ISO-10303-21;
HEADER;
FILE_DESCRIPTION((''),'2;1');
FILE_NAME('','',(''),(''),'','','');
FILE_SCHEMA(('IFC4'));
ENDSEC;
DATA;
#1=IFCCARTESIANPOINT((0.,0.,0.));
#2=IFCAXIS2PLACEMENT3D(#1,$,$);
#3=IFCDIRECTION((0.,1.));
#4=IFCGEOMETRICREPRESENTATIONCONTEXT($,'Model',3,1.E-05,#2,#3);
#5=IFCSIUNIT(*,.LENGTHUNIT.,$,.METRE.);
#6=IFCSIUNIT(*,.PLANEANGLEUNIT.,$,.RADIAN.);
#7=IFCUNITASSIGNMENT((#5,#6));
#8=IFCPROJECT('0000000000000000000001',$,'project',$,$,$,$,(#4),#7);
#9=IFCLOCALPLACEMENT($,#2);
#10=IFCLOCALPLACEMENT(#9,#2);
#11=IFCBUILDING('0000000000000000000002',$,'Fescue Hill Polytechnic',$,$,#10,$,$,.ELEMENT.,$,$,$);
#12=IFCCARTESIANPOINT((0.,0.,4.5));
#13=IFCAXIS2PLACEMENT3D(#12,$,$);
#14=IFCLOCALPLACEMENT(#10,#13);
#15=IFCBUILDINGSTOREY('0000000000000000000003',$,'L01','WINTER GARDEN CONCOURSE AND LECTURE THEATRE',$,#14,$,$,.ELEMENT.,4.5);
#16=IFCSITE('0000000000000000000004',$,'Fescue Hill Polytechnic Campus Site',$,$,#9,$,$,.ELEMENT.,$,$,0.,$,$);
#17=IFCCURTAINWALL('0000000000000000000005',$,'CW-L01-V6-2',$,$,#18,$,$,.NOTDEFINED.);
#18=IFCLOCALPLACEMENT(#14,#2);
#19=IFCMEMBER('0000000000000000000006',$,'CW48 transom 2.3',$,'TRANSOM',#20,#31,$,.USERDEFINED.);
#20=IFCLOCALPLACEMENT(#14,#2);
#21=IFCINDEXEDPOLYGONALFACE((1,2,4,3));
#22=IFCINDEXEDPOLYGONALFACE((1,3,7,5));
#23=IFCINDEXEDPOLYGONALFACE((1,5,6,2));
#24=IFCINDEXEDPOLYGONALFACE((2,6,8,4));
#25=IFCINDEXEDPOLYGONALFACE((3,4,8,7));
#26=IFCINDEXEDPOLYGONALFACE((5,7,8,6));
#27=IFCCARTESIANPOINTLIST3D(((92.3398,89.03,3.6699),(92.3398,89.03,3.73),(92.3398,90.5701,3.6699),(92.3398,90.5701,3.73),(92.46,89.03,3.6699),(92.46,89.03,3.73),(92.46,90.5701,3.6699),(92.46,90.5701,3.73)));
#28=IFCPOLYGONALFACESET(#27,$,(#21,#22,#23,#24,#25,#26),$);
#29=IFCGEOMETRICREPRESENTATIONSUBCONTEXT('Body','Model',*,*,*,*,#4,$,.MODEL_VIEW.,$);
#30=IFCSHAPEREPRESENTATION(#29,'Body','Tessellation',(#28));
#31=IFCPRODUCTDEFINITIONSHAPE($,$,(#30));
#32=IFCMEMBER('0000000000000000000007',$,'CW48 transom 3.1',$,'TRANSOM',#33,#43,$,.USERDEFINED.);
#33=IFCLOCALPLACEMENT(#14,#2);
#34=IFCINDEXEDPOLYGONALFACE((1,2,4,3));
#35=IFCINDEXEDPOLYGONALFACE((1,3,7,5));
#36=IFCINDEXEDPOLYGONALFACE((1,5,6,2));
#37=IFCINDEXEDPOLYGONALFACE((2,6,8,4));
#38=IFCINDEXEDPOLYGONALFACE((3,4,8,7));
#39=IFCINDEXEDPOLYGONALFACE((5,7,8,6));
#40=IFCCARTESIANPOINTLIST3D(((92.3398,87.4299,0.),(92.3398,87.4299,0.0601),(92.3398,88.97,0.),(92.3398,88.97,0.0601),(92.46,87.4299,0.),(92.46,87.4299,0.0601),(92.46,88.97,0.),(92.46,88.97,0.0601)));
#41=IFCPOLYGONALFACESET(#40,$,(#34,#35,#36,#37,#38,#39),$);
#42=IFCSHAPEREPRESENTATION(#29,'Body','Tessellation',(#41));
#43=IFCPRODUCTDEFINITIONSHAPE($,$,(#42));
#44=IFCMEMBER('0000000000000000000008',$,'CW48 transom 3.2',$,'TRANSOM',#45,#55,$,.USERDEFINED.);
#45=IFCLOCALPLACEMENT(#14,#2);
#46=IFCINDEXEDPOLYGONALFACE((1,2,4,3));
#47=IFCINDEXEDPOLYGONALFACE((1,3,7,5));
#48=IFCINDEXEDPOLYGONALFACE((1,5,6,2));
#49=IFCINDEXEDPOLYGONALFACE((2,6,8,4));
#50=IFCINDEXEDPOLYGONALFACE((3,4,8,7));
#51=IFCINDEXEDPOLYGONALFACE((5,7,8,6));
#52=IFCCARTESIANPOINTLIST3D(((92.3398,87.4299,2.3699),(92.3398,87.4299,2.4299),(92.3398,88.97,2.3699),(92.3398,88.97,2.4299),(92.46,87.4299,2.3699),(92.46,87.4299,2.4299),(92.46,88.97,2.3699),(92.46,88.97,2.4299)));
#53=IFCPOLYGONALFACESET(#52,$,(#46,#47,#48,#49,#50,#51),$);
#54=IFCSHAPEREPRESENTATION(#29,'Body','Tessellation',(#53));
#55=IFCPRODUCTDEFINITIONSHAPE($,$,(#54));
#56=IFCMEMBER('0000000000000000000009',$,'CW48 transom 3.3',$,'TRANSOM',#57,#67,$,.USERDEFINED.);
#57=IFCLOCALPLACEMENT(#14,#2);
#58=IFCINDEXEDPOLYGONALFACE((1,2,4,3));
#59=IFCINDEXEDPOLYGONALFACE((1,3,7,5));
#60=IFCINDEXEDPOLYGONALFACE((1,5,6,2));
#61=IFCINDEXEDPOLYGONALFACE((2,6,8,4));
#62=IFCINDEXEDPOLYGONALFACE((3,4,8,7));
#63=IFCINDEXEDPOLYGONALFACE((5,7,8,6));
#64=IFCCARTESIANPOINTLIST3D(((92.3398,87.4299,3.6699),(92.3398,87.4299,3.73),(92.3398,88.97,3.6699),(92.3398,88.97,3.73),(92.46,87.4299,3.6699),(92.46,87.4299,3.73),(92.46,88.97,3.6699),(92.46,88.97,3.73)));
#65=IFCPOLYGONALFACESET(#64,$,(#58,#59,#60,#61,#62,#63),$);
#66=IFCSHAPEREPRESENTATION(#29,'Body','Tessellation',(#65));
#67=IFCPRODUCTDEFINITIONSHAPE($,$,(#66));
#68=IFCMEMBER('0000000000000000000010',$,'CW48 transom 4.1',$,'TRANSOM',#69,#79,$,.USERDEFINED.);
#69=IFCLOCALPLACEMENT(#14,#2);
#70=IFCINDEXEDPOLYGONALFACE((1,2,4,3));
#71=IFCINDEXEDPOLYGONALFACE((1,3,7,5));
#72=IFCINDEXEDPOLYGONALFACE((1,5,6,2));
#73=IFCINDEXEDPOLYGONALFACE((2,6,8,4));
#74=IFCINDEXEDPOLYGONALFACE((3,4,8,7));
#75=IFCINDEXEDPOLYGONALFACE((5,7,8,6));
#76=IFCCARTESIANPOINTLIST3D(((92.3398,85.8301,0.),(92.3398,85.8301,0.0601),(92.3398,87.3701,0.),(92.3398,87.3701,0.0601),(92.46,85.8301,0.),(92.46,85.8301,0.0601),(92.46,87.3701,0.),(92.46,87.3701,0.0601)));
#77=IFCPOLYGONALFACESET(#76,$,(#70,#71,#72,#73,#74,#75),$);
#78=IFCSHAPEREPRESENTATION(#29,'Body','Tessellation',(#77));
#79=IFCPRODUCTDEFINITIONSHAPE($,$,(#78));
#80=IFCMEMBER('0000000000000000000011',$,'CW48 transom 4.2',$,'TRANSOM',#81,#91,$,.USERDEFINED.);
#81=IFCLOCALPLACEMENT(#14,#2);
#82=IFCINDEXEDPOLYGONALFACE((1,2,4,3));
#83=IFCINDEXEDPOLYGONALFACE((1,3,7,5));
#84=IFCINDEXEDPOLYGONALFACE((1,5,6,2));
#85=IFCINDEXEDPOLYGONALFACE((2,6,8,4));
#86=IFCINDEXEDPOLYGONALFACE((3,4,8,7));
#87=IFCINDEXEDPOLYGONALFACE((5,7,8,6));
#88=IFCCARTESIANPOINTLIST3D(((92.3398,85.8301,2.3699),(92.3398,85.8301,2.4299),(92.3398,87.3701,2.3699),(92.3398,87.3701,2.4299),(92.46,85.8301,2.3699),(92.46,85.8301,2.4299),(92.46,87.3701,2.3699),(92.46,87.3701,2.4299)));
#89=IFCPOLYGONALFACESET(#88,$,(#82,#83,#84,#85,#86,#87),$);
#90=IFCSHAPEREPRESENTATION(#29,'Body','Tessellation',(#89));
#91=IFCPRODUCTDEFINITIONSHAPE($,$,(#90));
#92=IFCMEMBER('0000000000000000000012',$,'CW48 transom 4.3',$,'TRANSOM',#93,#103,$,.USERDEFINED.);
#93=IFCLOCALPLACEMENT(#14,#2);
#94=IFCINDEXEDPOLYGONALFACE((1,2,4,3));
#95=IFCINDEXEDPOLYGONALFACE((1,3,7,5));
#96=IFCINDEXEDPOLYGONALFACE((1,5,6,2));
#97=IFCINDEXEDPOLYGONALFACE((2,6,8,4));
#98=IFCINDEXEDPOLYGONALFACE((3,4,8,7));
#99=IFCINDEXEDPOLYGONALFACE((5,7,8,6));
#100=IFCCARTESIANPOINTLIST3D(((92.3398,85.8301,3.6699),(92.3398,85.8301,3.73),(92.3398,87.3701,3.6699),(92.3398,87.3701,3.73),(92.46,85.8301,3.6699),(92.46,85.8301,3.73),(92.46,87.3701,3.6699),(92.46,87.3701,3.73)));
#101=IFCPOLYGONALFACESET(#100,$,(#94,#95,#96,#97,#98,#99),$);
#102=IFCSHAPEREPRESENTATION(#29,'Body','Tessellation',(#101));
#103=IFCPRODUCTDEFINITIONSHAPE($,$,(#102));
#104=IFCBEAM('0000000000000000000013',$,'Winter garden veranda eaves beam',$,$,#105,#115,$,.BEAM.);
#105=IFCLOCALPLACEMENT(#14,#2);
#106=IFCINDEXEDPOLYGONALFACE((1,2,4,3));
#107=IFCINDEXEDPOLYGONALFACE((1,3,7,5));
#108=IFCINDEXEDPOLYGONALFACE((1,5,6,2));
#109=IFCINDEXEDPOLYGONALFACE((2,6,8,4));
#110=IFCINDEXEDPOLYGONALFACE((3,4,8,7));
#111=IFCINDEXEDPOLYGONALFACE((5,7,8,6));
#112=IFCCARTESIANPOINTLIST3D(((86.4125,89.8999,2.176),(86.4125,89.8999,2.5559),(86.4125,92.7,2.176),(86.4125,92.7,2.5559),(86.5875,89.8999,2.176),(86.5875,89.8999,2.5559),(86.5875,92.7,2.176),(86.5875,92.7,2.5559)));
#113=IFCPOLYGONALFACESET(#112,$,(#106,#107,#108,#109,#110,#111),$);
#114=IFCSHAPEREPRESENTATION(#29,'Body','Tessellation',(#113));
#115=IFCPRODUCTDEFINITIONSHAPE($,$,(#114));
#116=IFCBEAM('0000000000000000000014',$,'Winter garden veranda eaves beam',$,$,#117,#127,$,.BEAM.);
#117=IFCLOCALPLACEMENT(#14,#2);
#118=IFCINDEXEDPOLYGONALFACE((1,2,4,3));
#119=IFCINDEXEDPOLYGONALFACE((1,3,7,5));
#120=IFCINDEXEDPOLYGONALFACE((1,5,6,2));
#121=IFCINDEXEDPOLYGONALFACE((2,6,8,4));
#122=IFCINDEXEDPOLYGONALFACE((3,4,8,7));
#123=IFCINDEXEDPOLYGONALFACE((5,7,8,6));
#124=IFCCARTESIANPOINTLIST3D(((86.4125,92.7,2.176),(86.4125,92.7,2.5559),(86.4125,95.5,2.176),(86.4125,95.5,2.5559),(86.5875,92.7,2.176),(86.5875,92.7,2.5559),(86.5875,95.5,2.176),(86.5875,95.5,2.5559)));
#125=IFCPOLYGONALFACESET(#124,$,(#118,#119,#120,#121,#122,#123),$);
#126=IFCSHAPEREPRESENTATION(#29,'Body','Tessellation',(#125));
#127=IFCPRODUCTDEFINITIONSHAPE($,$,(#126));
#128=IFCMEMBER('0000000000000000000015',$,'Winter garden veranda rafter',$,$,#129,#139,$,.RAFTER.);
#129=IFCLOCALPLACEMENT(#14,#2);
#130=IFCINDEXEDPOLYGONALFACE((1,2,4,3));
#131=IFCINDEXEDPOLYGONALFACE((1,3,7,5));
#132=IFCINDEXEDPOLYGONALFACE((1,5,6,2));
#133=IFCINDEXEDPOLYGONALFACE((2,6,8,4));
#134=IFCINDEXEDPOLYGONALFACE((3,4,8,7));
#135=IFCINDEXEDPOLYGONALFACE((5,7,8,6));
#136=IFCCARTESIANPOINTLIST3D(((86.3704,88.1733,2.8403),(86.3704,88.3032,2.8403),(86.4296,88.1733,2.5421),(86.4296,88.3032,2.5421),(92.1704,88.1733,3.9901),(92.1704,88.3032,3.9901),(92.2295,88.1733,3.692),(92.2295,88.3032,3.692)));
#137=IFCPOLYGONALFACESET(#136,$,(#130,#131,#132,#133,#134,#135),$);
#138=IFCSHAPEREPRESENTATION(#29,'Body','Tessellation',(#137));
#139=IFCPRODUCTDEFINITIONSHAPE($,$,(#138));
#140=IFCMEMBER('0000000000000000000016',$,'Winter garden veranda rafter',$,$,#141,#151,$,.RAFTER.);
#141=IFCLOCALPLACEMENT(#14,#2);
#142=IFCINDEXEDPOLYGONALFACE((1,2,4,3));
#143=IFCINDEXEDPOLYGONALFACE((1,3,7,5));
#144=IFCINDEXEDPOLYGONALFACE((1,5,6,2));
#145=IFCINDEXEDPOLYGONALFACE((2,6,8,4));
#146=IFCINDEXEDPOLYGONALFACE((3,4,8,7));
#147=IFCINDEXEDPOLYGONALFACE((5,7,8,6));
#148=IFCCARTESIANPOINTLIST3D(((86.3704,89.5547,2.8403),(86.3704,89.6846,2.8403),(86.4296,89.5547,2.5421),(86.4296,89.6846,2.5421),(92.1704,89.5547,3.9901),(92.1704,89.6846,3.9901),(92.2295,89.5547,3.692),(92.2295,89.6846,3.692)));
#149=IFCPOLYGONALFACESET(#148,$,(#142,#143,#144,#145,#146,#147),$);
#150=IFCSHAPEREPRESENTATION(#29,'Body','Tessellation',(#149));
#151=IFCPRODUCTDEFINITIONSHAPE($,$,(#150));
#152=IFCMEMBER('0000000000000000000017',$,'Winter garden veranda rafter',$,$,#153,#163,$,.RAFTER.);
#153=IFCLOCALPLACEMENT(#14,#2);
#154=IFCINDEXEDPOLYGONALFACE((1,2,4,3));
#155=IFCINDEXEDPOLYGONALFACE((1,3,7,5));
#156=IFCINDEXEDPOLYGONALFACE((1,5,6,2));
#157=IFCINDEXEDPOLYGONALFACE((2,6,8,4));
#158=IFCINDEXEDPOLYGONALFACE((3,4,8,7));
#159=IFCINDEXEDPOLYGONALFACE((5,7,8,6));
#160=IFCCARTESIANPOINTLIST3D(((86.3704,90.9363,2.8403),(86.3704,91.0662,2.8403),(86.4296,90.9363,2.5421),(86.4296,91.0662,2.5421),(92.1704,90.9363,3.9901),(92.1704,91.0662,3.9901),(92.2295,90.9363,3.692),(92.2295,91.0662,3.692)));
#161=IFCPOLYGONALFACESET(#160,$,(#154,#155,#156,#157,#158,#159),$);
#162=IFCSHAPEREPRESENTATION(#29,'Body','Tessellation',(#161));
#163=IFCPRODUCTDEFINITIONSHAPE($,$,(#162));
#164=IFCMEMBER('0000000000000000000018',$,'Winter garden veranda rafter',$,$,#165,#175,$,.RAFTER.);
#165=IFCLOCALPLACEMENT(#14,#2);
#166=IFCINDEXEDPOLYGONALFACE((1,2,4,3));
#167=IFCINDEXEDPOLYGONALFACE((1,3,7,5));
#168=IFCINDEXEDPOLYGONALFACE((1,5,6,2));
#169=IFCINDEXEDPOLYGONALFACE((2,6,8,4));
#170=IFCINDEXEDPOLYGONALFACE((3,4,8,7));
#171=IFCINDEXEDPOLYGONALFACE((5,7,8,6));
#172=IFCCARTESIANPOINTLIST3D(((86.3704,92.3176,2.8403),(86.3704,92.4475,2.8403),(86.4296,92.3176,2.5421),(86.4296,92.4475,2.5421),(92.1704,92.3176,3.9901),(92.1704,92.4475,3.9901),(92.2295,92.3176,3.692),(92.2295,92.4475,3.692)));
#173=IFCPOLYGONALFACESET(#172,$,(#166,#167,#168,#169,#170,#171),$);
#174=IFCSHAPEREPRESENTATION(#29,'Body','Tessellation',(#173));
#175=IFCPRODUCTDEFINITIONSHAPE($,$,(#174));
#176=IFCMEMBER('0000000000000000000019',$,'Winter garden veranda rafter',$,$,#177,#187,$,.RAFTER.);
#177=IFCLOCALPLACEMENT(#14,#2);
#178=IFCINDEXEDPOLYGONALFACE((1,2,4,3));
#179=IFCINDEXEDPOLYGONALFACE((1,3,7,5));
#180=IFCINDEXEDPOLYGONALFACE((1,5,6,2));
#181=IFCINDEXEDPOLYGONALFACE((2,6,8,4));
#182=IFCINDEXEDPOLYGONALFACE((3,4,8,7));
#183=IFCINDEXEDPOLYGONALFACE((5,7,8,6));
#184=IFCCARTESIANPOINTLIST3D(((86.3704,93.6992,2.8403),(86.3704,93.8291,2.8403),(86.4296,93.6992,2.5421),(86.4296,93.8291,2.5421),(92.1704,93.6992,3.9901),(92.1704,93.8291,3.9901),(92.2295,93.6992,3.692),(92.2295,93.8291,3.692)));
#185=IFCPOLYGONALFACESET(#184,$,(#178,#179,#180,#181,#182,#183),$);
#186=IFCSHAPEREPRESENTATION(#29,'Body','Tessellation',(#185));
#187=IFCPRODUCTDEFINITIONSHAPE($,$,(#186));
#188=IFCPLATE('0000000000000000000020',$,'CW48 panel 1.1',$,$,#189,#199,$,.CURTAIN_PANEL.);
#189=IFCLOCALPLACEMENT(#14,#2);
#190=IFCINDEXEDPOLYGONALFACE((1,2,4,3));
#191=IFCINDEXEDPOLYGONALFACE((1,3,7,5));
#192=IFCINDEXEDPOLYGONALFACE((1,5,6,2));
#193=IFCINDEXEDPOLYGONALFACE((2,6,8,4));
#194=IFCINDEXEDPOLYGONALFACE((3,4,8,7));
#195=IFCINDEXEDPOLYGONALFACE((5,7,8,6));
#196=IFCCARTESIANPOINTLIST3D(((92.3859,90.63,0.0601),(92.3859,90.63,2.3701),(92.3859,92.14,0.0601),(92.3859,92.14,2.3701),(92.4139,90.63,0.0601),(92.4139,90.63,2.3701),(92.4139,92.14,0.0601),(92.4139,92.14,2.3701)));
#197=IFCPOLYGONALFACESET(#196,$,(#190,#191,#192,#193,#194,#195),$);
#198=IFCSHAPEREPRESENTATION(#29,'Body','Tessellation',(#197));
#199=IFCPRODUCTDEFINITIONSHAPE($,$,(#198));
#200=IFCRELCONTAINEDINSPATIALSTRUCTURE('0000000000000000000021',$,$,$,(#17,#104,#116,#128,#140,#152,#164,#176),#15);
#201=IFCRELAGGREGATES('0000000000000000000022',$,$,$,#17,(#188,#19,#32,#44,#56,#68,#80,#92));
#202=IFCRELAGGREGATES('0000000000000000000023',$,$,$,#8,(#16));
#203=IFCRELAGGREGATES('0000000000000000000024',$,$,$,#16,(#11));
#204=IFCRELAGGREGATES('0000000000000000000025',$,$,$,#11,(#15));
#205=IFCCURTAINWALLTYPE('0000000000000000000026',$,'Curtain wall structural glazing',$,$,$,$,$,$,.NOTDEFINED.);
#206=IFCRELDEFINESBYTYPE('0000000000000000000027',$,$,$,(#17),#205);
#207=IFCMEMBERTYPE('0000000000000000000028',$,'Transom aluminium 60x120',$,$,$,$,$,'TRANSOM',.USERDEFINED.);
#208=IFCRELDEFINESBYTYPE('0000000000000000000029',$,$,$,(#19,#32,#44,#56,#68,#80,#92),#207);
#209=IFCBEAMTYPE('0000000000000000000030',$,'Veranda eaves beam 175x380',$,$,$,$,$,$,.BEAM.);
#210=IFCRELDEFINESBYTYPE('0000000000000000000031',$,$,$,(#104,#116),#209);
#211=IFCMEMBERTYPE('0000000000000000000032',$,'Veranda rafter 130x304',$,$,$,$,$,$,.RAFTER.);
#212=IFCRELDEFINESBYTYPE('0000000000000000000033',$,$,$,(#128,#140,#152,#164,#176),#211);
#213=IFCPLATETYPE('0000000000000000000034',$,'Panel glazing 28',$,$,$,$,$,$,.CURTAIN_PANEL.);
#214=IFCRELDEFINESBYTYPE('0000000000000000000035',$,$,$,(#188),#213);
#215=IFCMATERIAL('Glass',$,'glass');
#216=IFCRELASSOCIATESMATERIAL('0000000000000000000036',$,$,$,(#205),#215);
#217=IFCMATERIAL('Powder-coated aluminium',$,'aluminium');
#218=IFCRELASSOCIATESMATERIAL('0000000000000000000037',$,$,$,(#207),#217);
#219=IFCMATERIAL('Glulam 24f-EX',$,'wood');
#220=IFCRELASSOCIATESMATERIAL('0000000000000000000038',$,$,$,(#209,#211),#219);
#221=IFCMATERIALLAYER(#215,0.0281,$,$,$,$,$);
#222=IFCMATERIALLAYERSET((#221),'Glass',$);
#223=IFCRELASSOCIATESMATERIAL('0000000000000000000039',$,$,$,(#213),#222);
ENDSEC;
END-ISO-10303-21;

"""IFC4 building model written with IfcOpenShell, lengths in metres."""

from ifc_helpers import new_model, si_unit, direction, frame, origin, origin_2d, place, context, subcontext, project, spatial, rectangle, extrude, material, layer, layer_set, material_profile, profile_set, type_object, element, aggregate, save


model = new_model("IFC4")

# Units and contexts
model_context = context("Model", 3, precision=1e-05, world=origin(), true_north=direction((0.0, 1.0)))
body_context = subcontext(model_context, "Body", "Model", "MODEL_VIEW")
ifc_project = project(units=[si_unit("LENGTHUNIT", "METRE"), si_unit("PLANEANGLEUNIT", "RADIAN")], contexts=[model_context])

# Site, building, storey
site_placement = place(None, origin())
site = spatial("IfcSite", under=ifc_project, at=site_placement, Name="Fescue Hill Polytechnic Campus Site", CompositionType="ELEMENT", RefElevation=0.0)
building_placement = place(site_placement, origin())
building = spatial("IfcBuilding", under=site, at=building_placement, Name="Fescue Hill Polytechnic", CompositionType="ELEMENT")
storey_placement = place(building_placement, frame((0.0, 0.0, 4.5)))
storey = spatial("IfcBuildingStorey", under=building, at=storey_placement, Name="L01", Description="WINTER GARDEN CONCOURSE AND LECTURE THEATRE", CompositionType="ELEMENT", Elevation=4.5)

# Shared definitions
ifc_material_1 = material(Name="Glulam 24f-EX", Category="wood")

# Curtain wall, members
ifc_material_2 = material(Name="Glass", Category="glass")
curtain_wall_type = type_object("IfcCurtainWallType", Name="Curtain wall structural glazing", PredefinedType="NOTDEFINED", material=ifc_material_2)
curtain_wall_placement = place(storey_placement, origin())
curtain_wall = element("IfcCurtainWall", 1, at=curtain_wall_placement, inside=storey, type_object=curtain_wall_type, Name="CW-L01-V6-2", PredefinedType="NOTDEFINED")
ifc_material_3 = material(Name="Powder-coated aluminium", Category="aluminium")
ifc_material_profile_1 = material_profile(ifc_material_3, rectangle(XDim=0.1201, YDim=0.0601, at=origin_2d()), Name="Transom aluminium 60x120")
ifc_profile_set_1 = profile_set([ifc_material_profile_1], Name="Powder-coated aluminium")
member_type_1 = type_object("IfcMemberType", Name="Transom aluminium 60x120", ElementType="TRANSOM", PredefinedType="USERDEFINED", material=ifc_profile_set_1)
member_1_placement = place(storey_placement, frame((92.3999, 90.5701, 3.7), z_axis=(0.0, -1.0, 0.0), x_axis=(1.0, 0.0, 0.0)))
member_1 = element("IfcMember", 2, at=member_1_placement, type_object=member_type_1, Name="CW48 transom 2.3", ObjectType="TRANSOM", PredefinedType="USERDEFINED", context=body_context, shape_type="SweptSolid", body=[
    extrude(rectangle(XDim=0.1201, YDim=0.0601, at=origin_2d()), origin(), (0.0, 0.0, 1.0), 1.54),
])
member_2_placement = place(storey_placement, frame((92.3999, 88.97, 0.03), z_axis=(0.0, -1.0, 0.0), x_axis=(1.0, 0.0, 0.0)))
member_2 = element("IfcMember", 3, at=member_2_placement, type_object=member_type_1, Name="CW48 transom 3.1", ObjectType="TRANSOM", PredefinedType="USERDEFINED", context=body_context, shape_type="SweptSolid", body=[
    extrude(rectangle(XDim=0.1201, YDim=0.0601, at=origin_2d()), origin(), (0.0, 0.0, 1.0), 1.54),
])
member_3_placement = place(storey_placement, frame((92.3999, 88.97, 2.3999), z_axis=(0.0, -1.0, 0.0), x_axis=(1.0, 0.0, 0.0)))
member_3 = element("IfcMember", 4, at=member_3_placement, type_object=member_type_1, Name="CW48 transom 3.2", ObjectType="TRANSOM", PredefinedType="USERDEFINED", context=body_context, shape_type="SweptSolid", body=[
    extrude(rectangle(XDim=0.1201, YDim=0.0601, at=origin_2d()), origin(), (0.0, 0.0, 1.0), 1.54),
])
member_4_placement = place(storey_placement, frame((92.3999, 88.97, 3.7), z_axis=(0.0, -1.0, 0.0), x_axis=(1.0, 0.0, 0.0)))
member_4 = element("IfcMember", 5, at=member_4_placement, type_object=member_type_1, Name="CW48 transom 3.3", ObjectType="TRANSOM", PredefinedType="USERDEFINED", context=body_context, shape_type="SweptSolid", body=[
    extrude(rectangle(XDim=0.1201, YDim=0.0601, at=origin_2d()), origin(), (0.0, 0.0, 1.0), 1.54),
])
member_5_placement = place(storey_placement, frame((92.3999, 87.3701, 0.03), z_axis=(0.0, -1.0, 0.0), x_axis=(1.0, 0.0, 0.0)))
member_5 = element("IfcMember", 6, at=member_5_placement, type_object=member_type_1, Name="CW48 transom 4.1", ObjectType="TRANSOM", PredefinedType="USERDEFINED", context=body_context, shape_type="SweptSolid", body=[
    extrude(rectangle(XDim=0.1201, YDim=0.0601, at=origin_2d()), origin(), (0.0, 0.0, 1.0), 1.54),
])
member_6_placement = place(storey_placement, frame((92.3999, 87.3701, 2.3999), z_axis=(0.0, -1.0, 0.0), x_axis=(1.0, 0.0, 0.0)))
member_6 = element("IfcMember", 7, at=member_6_placement, type_object=member_type_1, Name="CW48 transom 4.2", ObjectType="TRANSOM", PredefinedType="USERDEFINED", context=body_context, shape_type="SweptSolid", body=[
    extrude(rectangle(XDim=0.1201, YDim=0.0601, at=origin_2d()), origin(), (0.0, 0.0, 1.0), 1.54),
])
member_7_placement = place(storey_placement, frame((92.3999, 87.3701, 3.7), z_axis=(0.0, -1.0, 0.0), x_axis=(1.0, 0.0, 0.0)))
member_7 = element("IfcMember", 8, at=member_7_placement, type_object=member_type_1, Name="CW48 transom 4.3", ObjectType="TRANSOM", PredefinedType="USERDEFINED", context=body_context, shape_type="SweptSolid", body=[
    extrude(rectangle(XDim=0.1201, YDim=0.0601, at=origin_2d()), origin(), (0.0, 0.0, 1.0), 1.54),
])

# Beams
ifc_material_profile_2 = material_profile(ifc_material_1, rectangle(XDim=0.175, YDim=0.3799, at=origin_2d()), Name="Veranda eaves beam 175x380")
ifc_profile_set_2 = profile_set([ifc_material_profile_2], Name="Glulam 24f-EX")
beam_type = type_object("IfcBeamType", Name="Veranda eaves beam 175x380", PredefinedType="BEAM", material=ifc_profile_set_2)
for number, where, z_axis, x_axis, name in (
    (9, (86.5, 89.8999, 2.366), (0.0, 1.0, 0.0), (-1.0, 0.0, 0.0), "Winter garden veranda eaves beam"),
    (10, (86.5, 92.7, 2.366), (0.0, 1.0, 0.0), (-1.0, 0.0, 0.0), "Winter garden veranda eaves beam"),
):
    element("IfcBeam", number, at=place(storey_placement, frame(where, z_axis=z_axis, x_axis=x_axis)), inside=storey, type_object=beam_type, Name=name, PredefinedType="BEAM", context=body_context, shape_type="SweptSolid", body=[
        extrude(rectangle(XDim=0.175, YDim=0.3799, at=origin_2d()), origin(), (0.0, 0.0, 1.0), 2.8),
    ])

# Members
ifc_material_profile_3 = material_profile(ifc_material_1, rectangle(XDim=0.1299, YDim=0.304, at=origin_2d()), Name="Veranda rafter 130x304")
ifc_profile_set_3 = profile_set([ifc_material_profile_3], Name="Glulam 24f-EX")
member_type_2 = type_object("IfcMemberType", Name="Veranda rafter 130x304", PredefinedType="RAFTER", material=ifc_profile_set_3)
for number, where, z_axis, x_axis, name in (
    (11, (92.2, 88.2383, 3.8411), (-0.980908, 0.0, -0.194472), (0.0, -1.0, 0.0), "Winter garden veranda rafter"),
    (12, (92.2, 89.6196, 3.8411), (-0.980908, 0.0, -0.194472), (0.0, -1.0, 0.0), "Winter garden veranda rafter"),
    (13, (92.2, 91.0012, 3.8411), (-0.980908, 0.0, -0.194472), (0.0, -1.0, 0.0), "Winter garden veranda rafter"),
    (14, (92.2, 92.3826, 3.8411), (-0.980908, 0.0, -0.194472), (0.0, -1.0, 0.0), "Winter garden veranda rafter"),
    (15, (92.2, 93.7642, 3.8411), (-0.980908, 0.0, -0.194472), (0.0, -1.0, 0.0), "Winter garden veranda rafter"),
):
    element("IfcMember", number, at=place(storey_placement, frame(where, z_axis=z_axis, x_axis=x_axis)), inside=storey, type_object=member_type_2, Name=name, PredefinedType="RAFTER", context=body_context, shape_type="SweptSolid", body=[
        extrude(rectangle(XDim=0.1299, YDim=0.304, at=origin_2d()), origin(), (0.0, 0.0, 1.0), 5.9128),
    ])

# Plate
ifc_layer = layer(ifc_material_2, 0.0281)
ifc_layer_set = layer_set([ifc_layer], Name="Glass")
plate_type = type_object("IfcPlateType", Name="Panel glazing 28", PredefinedType="CURTAIN_PANEL", material=ifc_layer_set)
plate_1_placement = place(storey_placement, frame((92.3999, 91.385, 0.0601), z_axis=(0.0, 0.0, 1.0), x_axis=(0.0, -1.0, 0.0)))
plate_1 = element("IfcPlate", 16, at=plate_1_placement, type_object=plate_type, Name="CW48 panel 1.1", PredefinedType="CURTAIN_PANEL", context=body_context, shape_type="SweptSolid", body=[
    extrude(rectangle(XDim=1.51, YDim=0.0281, at=origin_2d()), origin(), (0.0, 0.0, 1.0), 2.3101),
])
aggregate(curtain_wall, [plate_1, member_1, member_2, member_3, member_4, member_5, member_6, member_7])

save(model, "model.ifc")
